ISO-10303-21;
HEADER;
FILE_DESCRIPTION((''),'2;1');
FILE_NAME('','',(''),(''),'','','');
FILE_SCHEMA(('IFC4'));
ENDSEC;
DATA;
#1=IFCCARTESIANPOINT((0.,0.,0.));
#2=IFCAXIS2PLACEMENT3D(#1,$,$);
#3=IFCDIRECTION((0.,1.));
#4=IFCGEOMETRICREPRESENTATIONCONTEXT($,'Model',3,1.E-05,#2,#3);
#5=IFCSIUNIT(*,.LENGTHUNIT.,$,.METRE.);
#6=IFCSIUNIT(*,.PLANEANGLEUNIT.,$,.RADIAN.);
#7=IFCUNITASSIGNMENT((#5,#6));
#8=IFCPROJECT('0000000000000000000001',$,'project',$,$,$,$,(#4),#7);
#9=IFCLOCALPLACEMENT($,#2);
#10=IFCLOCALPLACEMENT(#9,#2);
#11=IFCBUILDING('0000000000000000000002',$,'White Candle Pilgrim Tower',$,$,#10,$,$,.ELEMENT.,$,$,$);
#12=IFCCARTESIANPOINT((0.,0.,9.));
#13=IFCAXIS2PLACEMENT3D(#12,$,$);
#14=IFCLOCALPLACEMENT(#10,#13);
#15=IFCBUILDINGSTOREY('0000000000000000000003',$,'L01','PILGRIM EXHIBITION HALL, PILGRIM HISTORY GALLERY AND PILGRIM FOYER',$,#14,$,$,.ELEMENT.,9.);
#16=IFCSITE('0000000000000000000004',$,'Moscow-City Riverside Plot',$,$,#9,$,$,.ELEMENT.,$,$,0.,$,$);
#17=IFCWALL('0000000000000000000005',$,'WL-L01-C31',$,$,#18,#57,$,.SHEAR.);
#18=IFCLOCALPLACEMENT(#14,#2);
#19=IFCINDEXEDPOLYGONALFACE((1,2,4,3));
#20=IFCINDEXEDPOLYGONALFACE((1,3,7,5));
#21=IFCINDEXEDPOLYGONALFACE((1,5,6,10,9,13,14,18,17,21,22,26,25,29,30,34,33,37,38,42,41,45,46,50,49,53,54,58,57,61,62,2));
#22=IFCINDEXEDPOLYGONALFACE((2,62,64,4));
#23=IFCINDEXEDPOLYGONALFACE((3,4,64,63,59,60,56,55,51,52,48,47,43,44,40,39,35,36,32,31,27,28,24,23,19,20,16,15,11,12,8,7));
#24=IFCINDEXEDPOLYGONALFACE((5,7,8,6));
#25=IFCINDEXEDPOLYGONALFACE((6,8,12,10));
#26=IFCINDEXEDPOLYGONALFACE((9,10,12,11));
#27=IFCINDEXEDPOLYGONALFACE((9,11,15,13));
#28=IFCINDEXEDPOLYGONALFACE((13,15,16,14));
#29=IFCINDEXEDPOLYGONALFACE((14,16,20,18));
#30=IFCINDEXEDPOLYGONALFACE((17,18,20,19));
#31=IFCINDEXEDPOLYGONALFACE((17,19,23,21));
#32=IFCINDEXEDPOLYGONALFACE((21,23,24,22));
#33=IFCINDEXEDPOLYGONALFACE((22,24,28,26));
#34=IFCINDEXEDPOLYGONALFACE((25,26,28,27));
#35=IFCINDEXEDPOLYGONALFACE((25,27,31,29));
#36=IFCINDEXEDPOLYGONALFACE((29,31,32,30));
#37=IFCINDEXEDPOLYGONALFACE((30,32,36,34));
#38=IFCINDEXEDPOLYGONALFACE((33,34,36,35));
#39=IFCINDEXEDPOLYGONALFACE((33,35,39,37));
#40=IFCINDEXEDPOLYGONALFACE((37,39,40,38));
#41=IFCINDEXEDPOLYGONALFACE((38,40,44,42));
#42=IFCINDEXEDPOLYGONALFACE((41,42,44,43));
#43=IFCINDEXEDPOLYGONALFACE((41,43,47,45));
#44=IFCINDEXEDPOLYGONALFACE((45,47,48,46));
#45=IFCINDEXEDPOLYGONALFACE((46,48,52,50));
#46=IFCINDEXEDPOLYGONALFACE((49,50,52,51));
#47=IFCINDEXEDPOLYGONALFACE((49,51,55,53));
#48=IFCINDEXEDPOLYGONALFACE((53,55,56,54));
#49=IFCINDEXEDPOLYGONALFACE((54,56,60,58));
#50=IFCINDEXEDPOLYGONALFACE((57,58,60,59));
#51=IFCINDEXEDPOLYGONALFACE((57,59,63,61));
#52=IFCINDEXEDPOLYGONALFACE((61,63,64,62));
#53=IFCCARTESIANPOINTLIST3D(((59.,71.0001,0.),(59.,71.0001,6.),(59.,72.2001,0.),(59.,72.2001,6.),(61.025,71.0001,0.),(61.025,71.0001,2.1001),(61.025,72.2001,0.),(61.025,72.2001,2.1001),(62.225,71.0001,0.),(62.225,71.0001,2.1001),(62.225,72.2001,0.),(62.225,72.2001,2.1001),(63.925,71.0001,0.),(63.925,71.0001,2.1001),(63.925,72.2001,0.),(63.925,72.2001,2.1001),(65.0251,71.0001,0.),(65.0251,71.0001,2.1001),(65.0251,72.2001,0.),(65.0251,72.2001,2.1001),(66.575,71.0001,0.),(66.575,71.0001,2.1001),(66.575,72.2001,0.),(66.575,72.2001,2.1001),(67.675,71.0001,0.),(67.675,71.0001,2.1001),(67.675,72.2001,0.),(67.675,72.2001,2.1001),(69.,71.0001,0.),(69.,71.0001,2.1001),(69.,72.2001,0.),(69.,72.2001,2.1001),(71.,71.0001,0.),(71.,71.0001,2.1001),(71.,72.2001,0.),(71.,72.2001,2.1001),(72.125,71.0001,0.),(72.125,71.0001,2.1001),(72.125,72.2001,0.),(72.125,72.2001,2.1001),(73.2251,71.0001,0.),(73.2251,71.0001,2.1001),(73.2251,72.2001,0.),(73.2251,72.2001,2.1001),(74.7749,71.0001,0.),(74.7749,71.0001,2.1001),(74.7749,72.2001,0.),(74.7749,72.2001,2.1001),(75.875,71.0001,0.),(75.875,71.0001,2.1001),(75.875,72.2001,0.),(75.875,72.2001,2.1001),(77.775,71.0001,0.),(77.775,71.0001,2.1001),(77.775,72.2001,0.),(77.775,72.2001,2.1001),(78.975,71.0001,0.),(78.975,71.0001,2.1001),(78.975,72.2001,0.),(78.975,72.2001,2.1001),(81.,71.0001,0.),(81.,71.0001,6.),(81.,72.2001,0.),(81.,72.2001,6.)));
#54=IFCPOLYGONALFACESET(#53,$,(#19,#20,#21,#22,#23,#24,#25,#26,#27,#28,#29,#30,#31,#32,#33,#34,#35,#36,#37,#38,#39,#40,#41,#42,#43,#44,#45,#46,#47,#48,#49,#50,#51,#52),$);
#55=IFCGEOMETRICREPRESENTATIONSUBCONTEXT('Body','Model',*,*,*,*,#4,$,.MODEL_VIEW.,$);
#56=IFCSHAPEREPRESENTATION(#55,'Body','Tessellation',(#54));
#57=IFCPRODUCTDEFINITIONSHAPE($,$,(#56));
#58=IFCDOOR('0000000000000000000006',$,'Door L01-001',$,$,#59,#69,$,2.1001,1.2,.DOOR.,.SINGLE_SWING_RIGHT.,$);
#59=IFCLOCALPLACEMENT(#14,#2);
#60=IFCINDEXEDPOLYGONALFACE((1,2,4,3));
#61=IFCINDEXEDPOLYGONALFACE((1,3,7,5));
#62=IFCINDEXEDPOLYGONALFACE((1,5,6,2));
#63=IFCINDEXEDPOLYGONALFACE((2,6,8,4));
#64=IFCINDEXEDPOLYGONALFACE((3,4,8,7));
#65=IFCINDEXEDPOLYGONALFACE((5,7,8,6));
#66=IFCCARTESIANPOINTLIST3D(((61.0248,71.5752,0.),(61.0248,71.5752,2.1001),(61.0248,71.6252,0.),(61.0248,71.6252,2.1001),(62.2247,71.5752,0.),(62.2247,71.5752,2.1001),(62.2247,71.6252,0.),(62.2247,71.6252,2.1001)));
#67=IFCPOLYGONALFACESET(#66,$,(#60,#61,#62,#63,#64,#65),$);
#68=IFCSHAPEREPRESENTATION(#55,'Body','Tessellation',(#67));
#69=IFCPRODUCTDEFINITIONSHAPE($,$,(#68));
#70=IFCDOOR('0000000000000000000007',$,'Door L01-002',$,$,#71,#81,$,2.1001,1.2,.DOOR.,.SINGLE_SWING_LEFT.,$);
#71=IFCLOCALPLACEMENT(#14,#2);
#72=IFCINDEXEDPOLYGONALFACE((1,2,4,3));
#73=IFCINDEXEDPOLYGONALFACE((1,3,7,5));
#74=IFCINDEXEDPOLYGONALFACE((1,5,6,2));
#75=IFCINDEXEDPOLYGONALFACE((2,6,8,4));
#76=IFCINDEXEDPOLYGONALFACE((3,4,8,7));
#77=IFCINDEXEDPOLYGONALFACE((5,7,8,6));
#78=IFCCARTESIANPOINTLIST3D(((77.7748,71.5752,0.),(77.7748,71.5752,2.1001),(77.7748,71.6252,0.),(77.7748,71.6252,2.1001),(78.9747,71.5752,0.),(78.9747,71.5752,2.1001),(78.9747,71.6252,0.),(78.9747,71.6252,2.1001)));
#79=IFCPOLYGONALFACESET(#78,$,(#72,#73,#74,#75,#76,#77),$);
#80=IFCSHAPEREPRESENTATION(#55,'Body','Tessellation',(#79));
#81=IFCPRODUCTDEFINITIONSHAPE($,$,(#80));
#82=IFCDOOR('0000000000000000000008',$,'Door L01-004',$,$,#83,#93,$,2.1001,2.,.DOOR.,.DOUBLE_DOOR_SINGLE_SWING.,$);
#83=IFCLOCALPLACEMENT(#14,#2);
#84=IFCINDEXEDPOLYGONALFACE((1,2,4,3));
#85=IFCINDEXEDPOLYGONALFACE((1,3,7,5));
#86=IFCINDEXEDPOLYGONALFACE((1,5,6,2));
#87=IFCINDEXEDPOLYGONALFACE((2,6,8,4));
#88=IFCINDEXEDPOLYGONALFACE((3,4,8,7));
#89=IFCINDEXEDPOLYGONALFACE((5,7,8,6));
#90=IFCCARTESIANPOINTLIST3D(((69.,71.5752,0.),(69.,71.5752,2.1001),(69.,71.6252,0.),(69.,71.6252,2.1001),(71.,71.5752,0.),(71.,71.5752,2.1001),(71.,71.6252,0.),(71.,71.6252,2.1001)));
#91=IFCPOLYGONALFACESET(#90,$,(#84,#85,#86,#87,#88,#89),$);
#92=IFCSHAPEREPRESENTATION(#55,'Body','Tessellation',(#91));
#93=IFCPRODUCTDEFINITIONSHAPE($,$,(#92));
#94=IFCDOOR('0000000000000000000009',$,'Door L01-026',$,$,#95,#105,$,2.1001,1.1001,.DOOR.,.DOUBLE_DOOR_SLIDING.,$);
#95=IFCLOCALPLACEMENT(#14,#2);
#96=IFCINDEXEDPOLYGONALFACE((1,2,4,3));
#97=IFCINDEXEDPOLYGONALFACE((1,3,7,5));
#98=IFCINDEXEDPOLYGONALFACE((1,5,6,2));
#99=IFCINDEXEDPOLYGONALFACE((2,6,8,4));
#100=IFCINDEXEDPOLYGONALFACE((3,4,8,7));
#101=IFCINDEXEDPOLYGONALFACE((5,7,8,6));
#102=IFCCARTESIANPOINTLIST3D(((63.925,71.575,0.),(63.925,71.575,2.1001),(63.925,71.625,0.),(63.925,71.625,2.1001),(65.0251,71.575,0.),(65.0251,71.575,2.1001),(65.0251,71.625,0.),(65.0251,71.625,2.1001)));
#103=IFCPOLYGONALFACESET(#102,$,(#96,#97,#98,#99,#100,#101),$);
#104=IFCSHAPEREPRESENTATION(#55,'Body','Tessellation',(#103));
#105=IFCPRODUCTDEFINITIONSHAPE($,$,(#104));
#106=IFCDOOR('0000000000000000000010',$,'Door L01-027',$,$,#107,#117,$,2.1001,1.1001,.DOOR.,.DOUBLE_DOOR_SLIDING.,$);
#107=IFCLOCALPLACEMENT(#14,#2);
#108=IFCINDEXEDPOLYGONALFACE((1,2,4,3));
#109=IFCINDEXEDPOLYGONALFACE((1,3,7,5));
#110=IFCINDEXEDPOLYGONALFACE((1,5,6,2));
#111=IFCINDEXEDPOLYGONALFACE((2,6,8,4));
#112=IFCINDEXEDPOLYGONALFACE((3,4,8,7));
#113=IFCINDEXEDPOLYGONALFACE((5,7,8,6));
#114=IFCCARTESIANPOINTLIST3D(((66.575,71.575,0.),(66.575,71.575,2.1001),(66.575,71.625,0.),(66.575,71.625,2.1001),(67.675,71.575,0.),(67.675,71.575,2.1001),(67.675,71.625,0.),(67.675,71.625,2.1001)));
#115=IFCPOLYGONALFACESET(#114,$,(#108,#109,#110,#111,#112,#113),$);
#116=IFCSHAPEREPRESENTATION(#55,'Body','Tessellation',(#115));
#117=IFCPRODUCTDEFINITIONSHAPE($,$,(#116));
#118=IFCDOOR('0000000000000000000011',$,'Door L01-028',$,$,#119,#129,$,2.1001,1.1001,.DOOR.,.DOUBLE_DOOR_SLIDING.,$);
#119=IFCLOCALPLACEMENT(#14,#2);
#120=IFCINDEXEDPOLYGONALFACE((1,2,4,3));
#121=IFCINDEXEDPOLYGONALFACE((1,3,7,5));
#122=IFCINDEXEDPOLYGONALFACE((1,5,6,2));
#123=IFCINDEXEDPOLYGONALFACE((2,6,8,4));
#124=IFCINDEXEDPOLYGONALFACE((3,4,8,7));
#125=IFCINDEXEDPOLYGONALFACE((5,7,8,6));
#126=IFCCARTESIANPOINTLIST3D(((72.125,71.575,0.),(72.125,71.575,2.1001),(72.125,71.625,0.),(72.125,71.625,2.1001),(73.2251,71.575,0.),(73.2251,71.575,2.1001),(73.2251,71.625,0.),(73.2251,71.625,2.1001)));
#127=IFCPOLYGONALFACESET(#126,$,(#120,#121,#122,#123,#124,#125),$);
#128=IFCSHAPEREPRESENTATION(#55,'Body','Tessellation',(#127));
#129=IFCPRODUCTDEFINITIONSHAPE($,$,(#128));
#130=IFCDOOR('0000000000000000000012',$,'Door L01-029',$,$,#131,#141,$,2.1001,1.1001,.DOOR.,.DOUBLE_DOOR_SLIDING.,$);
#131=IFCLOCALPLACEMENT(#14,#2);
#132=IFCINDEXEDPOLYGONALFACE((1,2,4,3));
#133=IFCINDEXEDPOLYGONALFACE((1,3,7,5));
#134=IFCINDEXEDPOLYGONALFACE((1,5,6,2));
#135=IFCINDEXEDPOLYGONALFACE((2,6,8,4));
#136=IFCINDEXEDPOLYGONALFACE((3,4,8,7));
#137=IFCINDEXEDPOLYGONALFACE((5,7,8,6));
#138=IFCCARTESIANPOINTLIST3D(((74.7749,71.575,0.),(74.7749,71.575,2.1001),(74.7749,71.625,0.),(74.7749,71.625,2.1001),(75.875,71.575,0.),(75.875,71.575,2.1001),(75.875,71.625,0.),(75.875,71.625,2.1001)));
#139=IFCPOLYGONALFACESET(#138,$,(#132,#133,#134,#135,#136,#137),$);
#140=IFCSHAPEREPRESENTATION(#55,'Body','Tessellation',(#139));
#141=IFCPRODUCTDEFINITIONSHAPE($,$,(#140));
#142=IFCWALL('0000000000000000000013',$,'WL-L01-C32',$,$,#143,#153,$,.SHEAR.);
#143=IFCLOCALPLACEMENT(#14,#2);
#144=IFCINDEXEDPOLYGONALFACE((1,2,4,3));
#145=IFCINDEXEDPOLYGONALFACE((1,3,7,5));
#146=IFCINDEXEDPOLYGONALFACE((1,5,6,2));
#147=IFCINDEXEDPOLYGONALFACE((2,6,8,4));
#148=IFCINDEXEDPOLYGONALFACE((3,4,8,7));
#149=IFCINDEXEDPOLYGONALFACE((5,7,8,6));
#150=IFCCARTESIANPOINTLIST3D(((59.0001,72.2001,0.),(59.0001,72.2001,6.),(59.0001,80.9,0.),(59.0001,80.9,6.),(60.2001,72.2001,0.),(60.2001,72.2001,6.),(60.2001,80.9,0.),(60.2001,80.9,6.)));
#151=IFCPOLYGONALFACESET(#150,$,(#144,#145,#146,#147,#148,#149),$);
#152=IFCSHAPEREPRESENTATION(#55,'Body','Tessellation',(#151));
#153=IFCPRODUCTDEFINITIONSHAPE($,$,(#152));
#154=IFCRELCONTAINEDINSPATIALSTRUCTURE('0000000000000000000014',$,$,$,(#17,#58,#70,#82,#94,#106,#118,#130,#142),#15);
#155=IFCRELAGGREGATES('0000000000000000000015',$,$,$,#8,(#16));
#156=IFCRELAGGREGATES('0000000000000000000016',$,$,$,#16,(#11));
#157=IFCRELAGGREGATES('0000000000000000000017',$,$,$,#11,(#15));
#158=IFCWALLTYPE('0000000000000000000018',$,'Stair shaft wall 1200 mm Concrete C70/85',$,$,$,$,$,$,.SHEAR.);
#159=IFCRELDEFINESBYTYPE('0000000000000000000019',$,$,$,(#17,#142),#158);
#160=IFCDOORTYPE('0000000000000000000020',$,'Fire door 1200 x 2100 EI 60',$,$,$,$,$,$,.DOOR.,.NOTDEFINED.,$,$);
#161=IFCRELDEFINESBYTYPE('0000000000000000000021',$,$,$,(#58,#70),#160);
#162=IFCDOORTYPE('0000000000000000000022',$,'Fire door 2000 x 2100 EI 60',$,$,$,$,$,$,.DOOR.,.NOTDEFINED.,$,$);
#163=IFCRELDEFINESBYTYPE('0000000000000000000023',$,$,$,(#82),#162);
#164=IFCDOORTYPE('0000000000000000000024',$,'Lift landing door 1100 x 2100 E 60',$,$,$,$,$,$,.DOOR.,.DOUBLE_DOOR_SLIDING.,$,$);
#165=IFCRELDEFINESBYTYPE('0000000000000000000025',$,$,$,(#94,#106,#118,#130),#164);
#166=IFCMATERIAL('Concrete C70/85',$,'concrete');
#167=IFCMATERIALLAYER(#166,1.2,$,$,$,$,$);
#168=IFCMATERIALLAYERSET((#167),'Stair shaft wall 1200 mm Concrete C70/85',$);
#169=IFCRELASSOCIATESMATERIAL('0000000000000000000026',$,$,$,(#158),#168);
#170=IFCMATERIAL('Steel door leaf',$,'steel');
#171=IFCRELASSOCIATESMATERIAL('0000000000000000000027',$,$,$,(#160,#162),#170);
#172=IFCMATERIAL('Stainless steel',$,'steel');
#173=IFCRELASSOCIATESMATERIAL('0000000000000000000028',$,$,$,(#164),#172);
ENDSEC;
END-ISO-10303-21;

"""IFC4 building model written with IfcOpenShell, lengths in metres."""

from ifc_helpers import new_model, si_unit, direction, frame, frame_2d, origin, place, context, subcontext, project, spatial, rectangle, extrude, material, layer, layer_set, type_object, element, fill, save


model = new_model("IFC4")

# Units and contexts
model_context = context("Model", 3, precision=1e-05, world=origin(), true_north=direction((0.0, 1.0)))
body_context = subcontext(model_context, "Body", "Model", "MODEL_VIEW")
ifc_project = project(units=[si_unit("LENGTHUNIT", "METRE"), si_unit("PLANEANGLEUNIT", "RADIAN")], contexts=[model_context])

# Site, building, storey
site_placement = place(None, origin())
site = spatial("IfcSite", under=ifc_project, at=site_placement, Name="Moscow-City Riverside Plot", CompositionType="ELEMENT", RefElevation=0.0)
building_placement = place(site_placement, origin())
building = spatial("IfcBuilding", under=site, at=building_placement, Name="White Candle Pilgrim Tower", CompositionType="ELEMENT")
storey_placement = place(building_placement, frame((0.0, 0.0, 9.0)))
storey = spatial("IfcBuildingStorey", under=building, at=storey_placement, Name="L01", Description="PILGRIM EXHIBITION HALL, PILGRIM HISTORY GALLERY AND PILGRIM FOYER", CompositionType="ELEMENT", Elevation=9.0)

# Shared definitions
ifc_material_1 = material(Name="Concrete C70/85", Category="concrete")

# Wall, openings, doors
ifc_layer_1 = layer(ifc_material_1, 1.2)
ifc_layer_set_1 = layer_set([ifc_layer_1], Name="Stair shaft wall 1200 mm Concrete C70/85")
wall_type_1 = type_object("IfcWallType", Name="Stair shaft wall 1200 mm Concrete C70/85", PredefinedType="SHEAR", material=ifc_layer_set_1)
wall_1_placement = place(storey_placement, frame((59.0, 71.6001, 0.0), z_axis=(0.0, 0.0, 1.0), x_axis=(1.0, 0.0, 0.0)))
wall_1 = element("IfcWall", 1, at=wall_1_placement, inside=storey, type_object=wall_type_1, Name="WL-L01-C31", PredefinedType="SHEAR", context=body_context, shape_type="SweptSolid", body=[
    extrude(rectangle(XDim=22.0, YDim=1.2, at=frame_2d((11.0, 0.0))), origin(), (0.0, 0.0, 1.0), 6.0),
])
opening_1_placement = place(wall_1_placement, frame((2.0249, 0.0, 0.0)))
opening_1 = element("IfcOpeningElement", 2, at=opening_1_placement, cuts=wall_1, PredefinedType="OPENING", context=body_context, shape_type="SweptSolid", body=[
    extrude(rectangle(XDim=1.2, YDim=2.1001, at=frame_2d((0.6001, 1.05))), frame((0.0, 0.6099, 0.0), z_axis=(0.0, -1.0, 0.0), x_axis=(1.0, 0.0, 0.0)), (0.0, 0.0, 1.0), 1.22),
])
opening_2_placement = place(wall_1_placement, frame((18.7749, 0.0, 0.0)))
opening_2 = element("IfcOpeningElement", 3, at=opening_2_placement, cuts=wall_1, PredefinedType="OPENING", context=body_context, shape_type="SweptSolid", body=[
    extrude(rectangle(XDim=1.2, YDim=2.1001, at=frame_2d((0.6001, 1.05))), frame((0.0, 0.6099, 0.0), z_axis=(0.0, -1.0, 0.0), x_axis=(1.0, 0.0, 0.0)), (0.0, 0.0, 1.0), 1.22),
])
opening_3_placement = place(wall_1_placement, frame((10.0, 0.0, 0.0)))
opening_3 = element("IfcOpeningElement", 4, at=opening_3_placement, cuts=wall_1, PredefinedType="OPENING", context=body_context, shape_type="SweptSolid", body=[
    extrude(rectangle(XDim=2.0, YDim=2.1001, at=frame_2d((1.0, 1.05))), frame((0.0, 0.6099, 0.0), z_axis=(0.0, -1.0, 0.0), x_axis=(1.0, 0.0, 0.0)), (0.0, 0.0, 1.0), 1.22),
])
opening_4_placement = place(wall_1_placement, frame((4.925, 0.0, 0.0)))
opening_4 = element("IfcOpeningElement", 5, at=opening_4_placement, cuts=wall_1, PredefinedType="OPENING", context=body_context, shape_type="SweptSolid", body=[
    extrude(rectangle(XDim=1.1001, YDim=2.1001, at=frame_2d((0.55, 1.05))), frame((0.0, 0.6099, 0.0), z_axis=(0.0, -1.0, 0.0), x_axis=(1.0, 0.0, 0.0)), (0.0, 0.0, 1.0), 1.22),
])
opening_5_placement = place(wall_1_placement, frame((7.575, 0.0, 0.0)))
opening_5 = element("IfcOpeningElement", 6, at=opening_5_placement, cuts=wall_1, PredefinedType="OPENING", context=body_context, shape_type="SweptSolid", body=[
    extrude(rectangle(XDim=1.1001, YDim=2.1001, at=frame_2d((0.55, 1.05))), frame((0.0, 0.6099, 0.0), z_axis=(0.0, -1.0, 0.0), x_axis=(1.0, 0.0, 0.0)), (0.0, 0.0, 1.0), 1.22),
])
opening_6_placement = place(wall_1_placement, frame((13.125, 0.0, 0.0)))
opening_6 = element("IfcOpeningElement", 7, at=opening_6_placement, cuts=wall_1, PredefinedType="OPENING", context=body_context, shape_type="SweptSolid", body=[
    extrude(rectangle(XDim=1.1001, YDim=2.1001, at=frame_2d((0.55, 1.05))), frame((0.0, 0.6099, 0.0), z_axis=(0.0, -1.0, 0.0), x_axis=(1.0, 0.0, 0.0)), (0.0, 0.0, 1.0), 1.22),
])
opening_7_placement = place(wall_1_placement, frame((15.7749, 0.0, 0.0)))
opening_7 = element("IfcOpeningElement", 8, at=opening_7_placement, cuts=wall_1, PredefinedType="OPENING", context=body_context, shape_type="SweptSolid", body=[
    extrude(rectangle(XDim=1.1001, YDim=2.1001, at=frame_2d((0.55, 1.05))), frame((0.0, 0.6099, 0.0), z_axis=(0.0, -1.0, 0.0), x_axis=(1.0, 0.0, 0.0)), (0.0, 0.0, 1.0), 1.22),
])
ifc_material_2 = material(Name="Steel door leaf", Category="steel")
door_type_1 = type_object("IfcDoorType", Name="Fire door 1200 x 2100 EI 60", OperationType="NOTDEFINED", PredefinedType="DOOR", material=ifc_material_2)
door_1_placement = place(opening_1_placement, frame((1.2, 0.0, 0.0), z_axis=(0.0, 0.0, 1.0), x_axis=(-1.0, 0.0, 0.0)))
door_1 = element("IfcDoor", 9, at=door_1_placement, inside=storey, type_object=door_type_1, Name="Door L01-001", OperationType="SINGLE_SWING_RIGHT", OverallHeight=2.1001, OverallWidth=1.2, PredefinedType="DOOR", context=body_context, shape_type="SweptSolid", body=[
    extrude(rectangle(XDim=1.2, YDim=2.1001, at=frame_2d((0.6001, 1.05))), frame((0.0, 0.0249, 0.0), z_axis=(0.0, -1.0, 0.0), x_axis=(1.0, 0.0, 0.0)), (0.0, 0.0, 1.0), 0.05),
])
fill(opening_1, door_1)
door_2_placement = place(opening_2_placement, frame((1.2, 0.0, 0.0), z_axis=(0.0, 0.0, 1.0), x_axis=(-1.0, 0.0, 0.0)))
door_2 = element("IfcDoor", 10, at=door_2_placement, inside=storey, type_object=door_type_1, Name="Door L01-002", OperationType="SINGLE_SWING_LEFT", OverallHeight=2.1001, OverallWidth=1.2, PredefinedType="DOOR", context=body_context, shape_type="SweptSolid", body=[
    extrude(rectangle(XDim=1.2, YDim=2.1001, at=frame_2d((0.6001, 1.05))), frame((0.0, 0.0249, 0.0), z_axis=(0.0, -1.0, 0.0), x_axis=(1.0, 0.0, 0.0)), (0.0, 0.0, 1.0), 0.05),
])
fill(opening_2, door_2)
door_type_2 = type_object("IfcDoorType", Name="Fire door 2000 x 2100 EI 60", OperationType="NOTDEFINED", PredefinedType="DOOR", material=ifc_material_2)
door_3_placement = place(opening_3_placement, frame((2.0, 0.0, 0.0), z_axis=(0.0, 0.0, 1.0), x_axis=(-1.0, 0.0, 0.0)))
door_3 = element("IfcDoor", 11, at=door_3_placement, inside=storey, type_object=door_type_2, Name="Door L01-004", OperationType="DOUBLE_DOOR_SINGLE_SWING", OverallHeight=2.1001, OverallWidth=2.0, PredefinedType="DOOR", context=body_context, shape_type="SweptSolid", body=[
    extrude(rectangle(XDim=2.0, YDim=2.1001, at=frame_2d((1.0, 1.05))), frame((0.0, 0.0249, 0.0), z_axis=(0.0, -1.0, 0.0), x_axis=(1.0, 0.0, 0.0)), (0.0, 0.0, 1.0), 0.05),
])
fill(opening_3, door_3)
ifc_material_3 = material(Name="Stainless steel", Category="steel")
door_type_3 = type_object("IfcDoorType", Name="Lift landing door 1100 x 2100 E 60", OperationType="DOUBLE_DOOR_SLIDING", PredefinedType="DOOR", material=ifc_material_3)
door_4_placement = place(opening_4_placement, origin())
door_4 = element("IfcDoor", 12, at=door_4_placement, inside=storey, type_object=door_type_3, Name="Door L01-026", OperationType="DOUBLE_DOOR_SLIDING", OverallHeight=2.1001, OverallWidth=1.1001, PredefinedType="DOOR", context=body_context, shape_type="SweptSolid", body=[
    extrude(rectangle(XDim=1.1001, YDim=2.1001, at=frame_2d((0.55, 1.05))), frame((0.0, 0.0249, 0.0), z_axis=(0.0, -1.0, 0.0), x_axis=(1.0, 0.0, 0.0)), (0.0, 0.0, 1.0), 0.05),
])
fill(opening_4, door_4)
door_5_placement = place(opening_5_placement, origin())
door_5 = element("IfcDoor", 13, at=door_5_placement, inside=storey, type_object=door_type_3, Name="Door L01-027", OperationType="DOUBLE_DOOR_SLIDING", OverallHeight=2.1001, OverallWidth=1.1001, PredefinedType="DOOR", context=body_context, shape_type="SweptSolid", body=[
    extrude(rectangle(XDim=1.1001, YDim=2.1001, at=frame_2d((0.55, 1.05))), frame((0.0, 0.0249, 0.0), z_axis=(0.0, -1.0, 0.0), x_axis=(1.0, 0.0, 0.0)), (0.0, 0.0, 1.0), 0.05),
])
fill(opening_5, door_5)
door_6_placement = place(opening_6_placement, origin())
door_6 = element("IfcDoor", 14, at=door_6_placement, inside=storey, type_object=door_type_3, Name="Door L01-028", OperationType="DOUBLE_DOOR_SLIDING", OverallHeight=2.1001, OverallWidth=1.1001, PredefinedType="DOOR", context=body_context, shape_type="SweptSolid", body=[
    extrude(rectangle(XDim=1.1001, YDim=2.1001, at=frame_2d((0.55, 1.05))), frame((0.0, 0.0249, 0.0), z_axis=(0.0, -1.0, 0.0), x_axis=(1.0, 0.0, 0.0)), (0.0, 0.0, 1.0), 0.05),
])
fill(opening_6, door_6)
door_7_placement = place(opening_7_placement, origin())
door_7 = element("IfcDoor", 15, at=door_7_placement, inside=storey, type_object=door_type_3, Name="Door L01-029", OperationType="DOUBLE_DOOR_SLIDING", OverallHeight=2.1001, OverallWidth=1.1001, PredefinedType="DOOR", context=body_context, shape_type="SweptSolid", body=[
    extrude(rectangle(XDim=1.1001, YDim=2.1001, at=frame_2d((0.55, 1.05))), frame((0.0, 0.0249, 0.0), z_axis=(0.0, -1.0, 0.0), x_axis=(1.0, 0.0, 0.0)), (0.0, 0.0, 1.0), 0.05),
])
fill(opening_7, door_7)

# Wall
wall_2_placement = place(storey_placement, frame((59.6001, 72.2, 0.0), z_axis=(0.0, 0.0, 1.0), x_axis=(0.0, 1.0, 0.0)))
element("IfcWall", 16, at=wall_2_placement, inside=storey, type_object=wall_type_1, Name="WL-L01-C32", PredefinedType="SHEAR", context=body_context, shape_type="SweptSolid", body=[
    extrude(rectangle(XDim=8.7, YDim=1.2, at=frame_2d((4.3501, 0.0))), origin(), (0.0, 0.0, 1.0), 6.0),
])

save(model, "model.ifc")
